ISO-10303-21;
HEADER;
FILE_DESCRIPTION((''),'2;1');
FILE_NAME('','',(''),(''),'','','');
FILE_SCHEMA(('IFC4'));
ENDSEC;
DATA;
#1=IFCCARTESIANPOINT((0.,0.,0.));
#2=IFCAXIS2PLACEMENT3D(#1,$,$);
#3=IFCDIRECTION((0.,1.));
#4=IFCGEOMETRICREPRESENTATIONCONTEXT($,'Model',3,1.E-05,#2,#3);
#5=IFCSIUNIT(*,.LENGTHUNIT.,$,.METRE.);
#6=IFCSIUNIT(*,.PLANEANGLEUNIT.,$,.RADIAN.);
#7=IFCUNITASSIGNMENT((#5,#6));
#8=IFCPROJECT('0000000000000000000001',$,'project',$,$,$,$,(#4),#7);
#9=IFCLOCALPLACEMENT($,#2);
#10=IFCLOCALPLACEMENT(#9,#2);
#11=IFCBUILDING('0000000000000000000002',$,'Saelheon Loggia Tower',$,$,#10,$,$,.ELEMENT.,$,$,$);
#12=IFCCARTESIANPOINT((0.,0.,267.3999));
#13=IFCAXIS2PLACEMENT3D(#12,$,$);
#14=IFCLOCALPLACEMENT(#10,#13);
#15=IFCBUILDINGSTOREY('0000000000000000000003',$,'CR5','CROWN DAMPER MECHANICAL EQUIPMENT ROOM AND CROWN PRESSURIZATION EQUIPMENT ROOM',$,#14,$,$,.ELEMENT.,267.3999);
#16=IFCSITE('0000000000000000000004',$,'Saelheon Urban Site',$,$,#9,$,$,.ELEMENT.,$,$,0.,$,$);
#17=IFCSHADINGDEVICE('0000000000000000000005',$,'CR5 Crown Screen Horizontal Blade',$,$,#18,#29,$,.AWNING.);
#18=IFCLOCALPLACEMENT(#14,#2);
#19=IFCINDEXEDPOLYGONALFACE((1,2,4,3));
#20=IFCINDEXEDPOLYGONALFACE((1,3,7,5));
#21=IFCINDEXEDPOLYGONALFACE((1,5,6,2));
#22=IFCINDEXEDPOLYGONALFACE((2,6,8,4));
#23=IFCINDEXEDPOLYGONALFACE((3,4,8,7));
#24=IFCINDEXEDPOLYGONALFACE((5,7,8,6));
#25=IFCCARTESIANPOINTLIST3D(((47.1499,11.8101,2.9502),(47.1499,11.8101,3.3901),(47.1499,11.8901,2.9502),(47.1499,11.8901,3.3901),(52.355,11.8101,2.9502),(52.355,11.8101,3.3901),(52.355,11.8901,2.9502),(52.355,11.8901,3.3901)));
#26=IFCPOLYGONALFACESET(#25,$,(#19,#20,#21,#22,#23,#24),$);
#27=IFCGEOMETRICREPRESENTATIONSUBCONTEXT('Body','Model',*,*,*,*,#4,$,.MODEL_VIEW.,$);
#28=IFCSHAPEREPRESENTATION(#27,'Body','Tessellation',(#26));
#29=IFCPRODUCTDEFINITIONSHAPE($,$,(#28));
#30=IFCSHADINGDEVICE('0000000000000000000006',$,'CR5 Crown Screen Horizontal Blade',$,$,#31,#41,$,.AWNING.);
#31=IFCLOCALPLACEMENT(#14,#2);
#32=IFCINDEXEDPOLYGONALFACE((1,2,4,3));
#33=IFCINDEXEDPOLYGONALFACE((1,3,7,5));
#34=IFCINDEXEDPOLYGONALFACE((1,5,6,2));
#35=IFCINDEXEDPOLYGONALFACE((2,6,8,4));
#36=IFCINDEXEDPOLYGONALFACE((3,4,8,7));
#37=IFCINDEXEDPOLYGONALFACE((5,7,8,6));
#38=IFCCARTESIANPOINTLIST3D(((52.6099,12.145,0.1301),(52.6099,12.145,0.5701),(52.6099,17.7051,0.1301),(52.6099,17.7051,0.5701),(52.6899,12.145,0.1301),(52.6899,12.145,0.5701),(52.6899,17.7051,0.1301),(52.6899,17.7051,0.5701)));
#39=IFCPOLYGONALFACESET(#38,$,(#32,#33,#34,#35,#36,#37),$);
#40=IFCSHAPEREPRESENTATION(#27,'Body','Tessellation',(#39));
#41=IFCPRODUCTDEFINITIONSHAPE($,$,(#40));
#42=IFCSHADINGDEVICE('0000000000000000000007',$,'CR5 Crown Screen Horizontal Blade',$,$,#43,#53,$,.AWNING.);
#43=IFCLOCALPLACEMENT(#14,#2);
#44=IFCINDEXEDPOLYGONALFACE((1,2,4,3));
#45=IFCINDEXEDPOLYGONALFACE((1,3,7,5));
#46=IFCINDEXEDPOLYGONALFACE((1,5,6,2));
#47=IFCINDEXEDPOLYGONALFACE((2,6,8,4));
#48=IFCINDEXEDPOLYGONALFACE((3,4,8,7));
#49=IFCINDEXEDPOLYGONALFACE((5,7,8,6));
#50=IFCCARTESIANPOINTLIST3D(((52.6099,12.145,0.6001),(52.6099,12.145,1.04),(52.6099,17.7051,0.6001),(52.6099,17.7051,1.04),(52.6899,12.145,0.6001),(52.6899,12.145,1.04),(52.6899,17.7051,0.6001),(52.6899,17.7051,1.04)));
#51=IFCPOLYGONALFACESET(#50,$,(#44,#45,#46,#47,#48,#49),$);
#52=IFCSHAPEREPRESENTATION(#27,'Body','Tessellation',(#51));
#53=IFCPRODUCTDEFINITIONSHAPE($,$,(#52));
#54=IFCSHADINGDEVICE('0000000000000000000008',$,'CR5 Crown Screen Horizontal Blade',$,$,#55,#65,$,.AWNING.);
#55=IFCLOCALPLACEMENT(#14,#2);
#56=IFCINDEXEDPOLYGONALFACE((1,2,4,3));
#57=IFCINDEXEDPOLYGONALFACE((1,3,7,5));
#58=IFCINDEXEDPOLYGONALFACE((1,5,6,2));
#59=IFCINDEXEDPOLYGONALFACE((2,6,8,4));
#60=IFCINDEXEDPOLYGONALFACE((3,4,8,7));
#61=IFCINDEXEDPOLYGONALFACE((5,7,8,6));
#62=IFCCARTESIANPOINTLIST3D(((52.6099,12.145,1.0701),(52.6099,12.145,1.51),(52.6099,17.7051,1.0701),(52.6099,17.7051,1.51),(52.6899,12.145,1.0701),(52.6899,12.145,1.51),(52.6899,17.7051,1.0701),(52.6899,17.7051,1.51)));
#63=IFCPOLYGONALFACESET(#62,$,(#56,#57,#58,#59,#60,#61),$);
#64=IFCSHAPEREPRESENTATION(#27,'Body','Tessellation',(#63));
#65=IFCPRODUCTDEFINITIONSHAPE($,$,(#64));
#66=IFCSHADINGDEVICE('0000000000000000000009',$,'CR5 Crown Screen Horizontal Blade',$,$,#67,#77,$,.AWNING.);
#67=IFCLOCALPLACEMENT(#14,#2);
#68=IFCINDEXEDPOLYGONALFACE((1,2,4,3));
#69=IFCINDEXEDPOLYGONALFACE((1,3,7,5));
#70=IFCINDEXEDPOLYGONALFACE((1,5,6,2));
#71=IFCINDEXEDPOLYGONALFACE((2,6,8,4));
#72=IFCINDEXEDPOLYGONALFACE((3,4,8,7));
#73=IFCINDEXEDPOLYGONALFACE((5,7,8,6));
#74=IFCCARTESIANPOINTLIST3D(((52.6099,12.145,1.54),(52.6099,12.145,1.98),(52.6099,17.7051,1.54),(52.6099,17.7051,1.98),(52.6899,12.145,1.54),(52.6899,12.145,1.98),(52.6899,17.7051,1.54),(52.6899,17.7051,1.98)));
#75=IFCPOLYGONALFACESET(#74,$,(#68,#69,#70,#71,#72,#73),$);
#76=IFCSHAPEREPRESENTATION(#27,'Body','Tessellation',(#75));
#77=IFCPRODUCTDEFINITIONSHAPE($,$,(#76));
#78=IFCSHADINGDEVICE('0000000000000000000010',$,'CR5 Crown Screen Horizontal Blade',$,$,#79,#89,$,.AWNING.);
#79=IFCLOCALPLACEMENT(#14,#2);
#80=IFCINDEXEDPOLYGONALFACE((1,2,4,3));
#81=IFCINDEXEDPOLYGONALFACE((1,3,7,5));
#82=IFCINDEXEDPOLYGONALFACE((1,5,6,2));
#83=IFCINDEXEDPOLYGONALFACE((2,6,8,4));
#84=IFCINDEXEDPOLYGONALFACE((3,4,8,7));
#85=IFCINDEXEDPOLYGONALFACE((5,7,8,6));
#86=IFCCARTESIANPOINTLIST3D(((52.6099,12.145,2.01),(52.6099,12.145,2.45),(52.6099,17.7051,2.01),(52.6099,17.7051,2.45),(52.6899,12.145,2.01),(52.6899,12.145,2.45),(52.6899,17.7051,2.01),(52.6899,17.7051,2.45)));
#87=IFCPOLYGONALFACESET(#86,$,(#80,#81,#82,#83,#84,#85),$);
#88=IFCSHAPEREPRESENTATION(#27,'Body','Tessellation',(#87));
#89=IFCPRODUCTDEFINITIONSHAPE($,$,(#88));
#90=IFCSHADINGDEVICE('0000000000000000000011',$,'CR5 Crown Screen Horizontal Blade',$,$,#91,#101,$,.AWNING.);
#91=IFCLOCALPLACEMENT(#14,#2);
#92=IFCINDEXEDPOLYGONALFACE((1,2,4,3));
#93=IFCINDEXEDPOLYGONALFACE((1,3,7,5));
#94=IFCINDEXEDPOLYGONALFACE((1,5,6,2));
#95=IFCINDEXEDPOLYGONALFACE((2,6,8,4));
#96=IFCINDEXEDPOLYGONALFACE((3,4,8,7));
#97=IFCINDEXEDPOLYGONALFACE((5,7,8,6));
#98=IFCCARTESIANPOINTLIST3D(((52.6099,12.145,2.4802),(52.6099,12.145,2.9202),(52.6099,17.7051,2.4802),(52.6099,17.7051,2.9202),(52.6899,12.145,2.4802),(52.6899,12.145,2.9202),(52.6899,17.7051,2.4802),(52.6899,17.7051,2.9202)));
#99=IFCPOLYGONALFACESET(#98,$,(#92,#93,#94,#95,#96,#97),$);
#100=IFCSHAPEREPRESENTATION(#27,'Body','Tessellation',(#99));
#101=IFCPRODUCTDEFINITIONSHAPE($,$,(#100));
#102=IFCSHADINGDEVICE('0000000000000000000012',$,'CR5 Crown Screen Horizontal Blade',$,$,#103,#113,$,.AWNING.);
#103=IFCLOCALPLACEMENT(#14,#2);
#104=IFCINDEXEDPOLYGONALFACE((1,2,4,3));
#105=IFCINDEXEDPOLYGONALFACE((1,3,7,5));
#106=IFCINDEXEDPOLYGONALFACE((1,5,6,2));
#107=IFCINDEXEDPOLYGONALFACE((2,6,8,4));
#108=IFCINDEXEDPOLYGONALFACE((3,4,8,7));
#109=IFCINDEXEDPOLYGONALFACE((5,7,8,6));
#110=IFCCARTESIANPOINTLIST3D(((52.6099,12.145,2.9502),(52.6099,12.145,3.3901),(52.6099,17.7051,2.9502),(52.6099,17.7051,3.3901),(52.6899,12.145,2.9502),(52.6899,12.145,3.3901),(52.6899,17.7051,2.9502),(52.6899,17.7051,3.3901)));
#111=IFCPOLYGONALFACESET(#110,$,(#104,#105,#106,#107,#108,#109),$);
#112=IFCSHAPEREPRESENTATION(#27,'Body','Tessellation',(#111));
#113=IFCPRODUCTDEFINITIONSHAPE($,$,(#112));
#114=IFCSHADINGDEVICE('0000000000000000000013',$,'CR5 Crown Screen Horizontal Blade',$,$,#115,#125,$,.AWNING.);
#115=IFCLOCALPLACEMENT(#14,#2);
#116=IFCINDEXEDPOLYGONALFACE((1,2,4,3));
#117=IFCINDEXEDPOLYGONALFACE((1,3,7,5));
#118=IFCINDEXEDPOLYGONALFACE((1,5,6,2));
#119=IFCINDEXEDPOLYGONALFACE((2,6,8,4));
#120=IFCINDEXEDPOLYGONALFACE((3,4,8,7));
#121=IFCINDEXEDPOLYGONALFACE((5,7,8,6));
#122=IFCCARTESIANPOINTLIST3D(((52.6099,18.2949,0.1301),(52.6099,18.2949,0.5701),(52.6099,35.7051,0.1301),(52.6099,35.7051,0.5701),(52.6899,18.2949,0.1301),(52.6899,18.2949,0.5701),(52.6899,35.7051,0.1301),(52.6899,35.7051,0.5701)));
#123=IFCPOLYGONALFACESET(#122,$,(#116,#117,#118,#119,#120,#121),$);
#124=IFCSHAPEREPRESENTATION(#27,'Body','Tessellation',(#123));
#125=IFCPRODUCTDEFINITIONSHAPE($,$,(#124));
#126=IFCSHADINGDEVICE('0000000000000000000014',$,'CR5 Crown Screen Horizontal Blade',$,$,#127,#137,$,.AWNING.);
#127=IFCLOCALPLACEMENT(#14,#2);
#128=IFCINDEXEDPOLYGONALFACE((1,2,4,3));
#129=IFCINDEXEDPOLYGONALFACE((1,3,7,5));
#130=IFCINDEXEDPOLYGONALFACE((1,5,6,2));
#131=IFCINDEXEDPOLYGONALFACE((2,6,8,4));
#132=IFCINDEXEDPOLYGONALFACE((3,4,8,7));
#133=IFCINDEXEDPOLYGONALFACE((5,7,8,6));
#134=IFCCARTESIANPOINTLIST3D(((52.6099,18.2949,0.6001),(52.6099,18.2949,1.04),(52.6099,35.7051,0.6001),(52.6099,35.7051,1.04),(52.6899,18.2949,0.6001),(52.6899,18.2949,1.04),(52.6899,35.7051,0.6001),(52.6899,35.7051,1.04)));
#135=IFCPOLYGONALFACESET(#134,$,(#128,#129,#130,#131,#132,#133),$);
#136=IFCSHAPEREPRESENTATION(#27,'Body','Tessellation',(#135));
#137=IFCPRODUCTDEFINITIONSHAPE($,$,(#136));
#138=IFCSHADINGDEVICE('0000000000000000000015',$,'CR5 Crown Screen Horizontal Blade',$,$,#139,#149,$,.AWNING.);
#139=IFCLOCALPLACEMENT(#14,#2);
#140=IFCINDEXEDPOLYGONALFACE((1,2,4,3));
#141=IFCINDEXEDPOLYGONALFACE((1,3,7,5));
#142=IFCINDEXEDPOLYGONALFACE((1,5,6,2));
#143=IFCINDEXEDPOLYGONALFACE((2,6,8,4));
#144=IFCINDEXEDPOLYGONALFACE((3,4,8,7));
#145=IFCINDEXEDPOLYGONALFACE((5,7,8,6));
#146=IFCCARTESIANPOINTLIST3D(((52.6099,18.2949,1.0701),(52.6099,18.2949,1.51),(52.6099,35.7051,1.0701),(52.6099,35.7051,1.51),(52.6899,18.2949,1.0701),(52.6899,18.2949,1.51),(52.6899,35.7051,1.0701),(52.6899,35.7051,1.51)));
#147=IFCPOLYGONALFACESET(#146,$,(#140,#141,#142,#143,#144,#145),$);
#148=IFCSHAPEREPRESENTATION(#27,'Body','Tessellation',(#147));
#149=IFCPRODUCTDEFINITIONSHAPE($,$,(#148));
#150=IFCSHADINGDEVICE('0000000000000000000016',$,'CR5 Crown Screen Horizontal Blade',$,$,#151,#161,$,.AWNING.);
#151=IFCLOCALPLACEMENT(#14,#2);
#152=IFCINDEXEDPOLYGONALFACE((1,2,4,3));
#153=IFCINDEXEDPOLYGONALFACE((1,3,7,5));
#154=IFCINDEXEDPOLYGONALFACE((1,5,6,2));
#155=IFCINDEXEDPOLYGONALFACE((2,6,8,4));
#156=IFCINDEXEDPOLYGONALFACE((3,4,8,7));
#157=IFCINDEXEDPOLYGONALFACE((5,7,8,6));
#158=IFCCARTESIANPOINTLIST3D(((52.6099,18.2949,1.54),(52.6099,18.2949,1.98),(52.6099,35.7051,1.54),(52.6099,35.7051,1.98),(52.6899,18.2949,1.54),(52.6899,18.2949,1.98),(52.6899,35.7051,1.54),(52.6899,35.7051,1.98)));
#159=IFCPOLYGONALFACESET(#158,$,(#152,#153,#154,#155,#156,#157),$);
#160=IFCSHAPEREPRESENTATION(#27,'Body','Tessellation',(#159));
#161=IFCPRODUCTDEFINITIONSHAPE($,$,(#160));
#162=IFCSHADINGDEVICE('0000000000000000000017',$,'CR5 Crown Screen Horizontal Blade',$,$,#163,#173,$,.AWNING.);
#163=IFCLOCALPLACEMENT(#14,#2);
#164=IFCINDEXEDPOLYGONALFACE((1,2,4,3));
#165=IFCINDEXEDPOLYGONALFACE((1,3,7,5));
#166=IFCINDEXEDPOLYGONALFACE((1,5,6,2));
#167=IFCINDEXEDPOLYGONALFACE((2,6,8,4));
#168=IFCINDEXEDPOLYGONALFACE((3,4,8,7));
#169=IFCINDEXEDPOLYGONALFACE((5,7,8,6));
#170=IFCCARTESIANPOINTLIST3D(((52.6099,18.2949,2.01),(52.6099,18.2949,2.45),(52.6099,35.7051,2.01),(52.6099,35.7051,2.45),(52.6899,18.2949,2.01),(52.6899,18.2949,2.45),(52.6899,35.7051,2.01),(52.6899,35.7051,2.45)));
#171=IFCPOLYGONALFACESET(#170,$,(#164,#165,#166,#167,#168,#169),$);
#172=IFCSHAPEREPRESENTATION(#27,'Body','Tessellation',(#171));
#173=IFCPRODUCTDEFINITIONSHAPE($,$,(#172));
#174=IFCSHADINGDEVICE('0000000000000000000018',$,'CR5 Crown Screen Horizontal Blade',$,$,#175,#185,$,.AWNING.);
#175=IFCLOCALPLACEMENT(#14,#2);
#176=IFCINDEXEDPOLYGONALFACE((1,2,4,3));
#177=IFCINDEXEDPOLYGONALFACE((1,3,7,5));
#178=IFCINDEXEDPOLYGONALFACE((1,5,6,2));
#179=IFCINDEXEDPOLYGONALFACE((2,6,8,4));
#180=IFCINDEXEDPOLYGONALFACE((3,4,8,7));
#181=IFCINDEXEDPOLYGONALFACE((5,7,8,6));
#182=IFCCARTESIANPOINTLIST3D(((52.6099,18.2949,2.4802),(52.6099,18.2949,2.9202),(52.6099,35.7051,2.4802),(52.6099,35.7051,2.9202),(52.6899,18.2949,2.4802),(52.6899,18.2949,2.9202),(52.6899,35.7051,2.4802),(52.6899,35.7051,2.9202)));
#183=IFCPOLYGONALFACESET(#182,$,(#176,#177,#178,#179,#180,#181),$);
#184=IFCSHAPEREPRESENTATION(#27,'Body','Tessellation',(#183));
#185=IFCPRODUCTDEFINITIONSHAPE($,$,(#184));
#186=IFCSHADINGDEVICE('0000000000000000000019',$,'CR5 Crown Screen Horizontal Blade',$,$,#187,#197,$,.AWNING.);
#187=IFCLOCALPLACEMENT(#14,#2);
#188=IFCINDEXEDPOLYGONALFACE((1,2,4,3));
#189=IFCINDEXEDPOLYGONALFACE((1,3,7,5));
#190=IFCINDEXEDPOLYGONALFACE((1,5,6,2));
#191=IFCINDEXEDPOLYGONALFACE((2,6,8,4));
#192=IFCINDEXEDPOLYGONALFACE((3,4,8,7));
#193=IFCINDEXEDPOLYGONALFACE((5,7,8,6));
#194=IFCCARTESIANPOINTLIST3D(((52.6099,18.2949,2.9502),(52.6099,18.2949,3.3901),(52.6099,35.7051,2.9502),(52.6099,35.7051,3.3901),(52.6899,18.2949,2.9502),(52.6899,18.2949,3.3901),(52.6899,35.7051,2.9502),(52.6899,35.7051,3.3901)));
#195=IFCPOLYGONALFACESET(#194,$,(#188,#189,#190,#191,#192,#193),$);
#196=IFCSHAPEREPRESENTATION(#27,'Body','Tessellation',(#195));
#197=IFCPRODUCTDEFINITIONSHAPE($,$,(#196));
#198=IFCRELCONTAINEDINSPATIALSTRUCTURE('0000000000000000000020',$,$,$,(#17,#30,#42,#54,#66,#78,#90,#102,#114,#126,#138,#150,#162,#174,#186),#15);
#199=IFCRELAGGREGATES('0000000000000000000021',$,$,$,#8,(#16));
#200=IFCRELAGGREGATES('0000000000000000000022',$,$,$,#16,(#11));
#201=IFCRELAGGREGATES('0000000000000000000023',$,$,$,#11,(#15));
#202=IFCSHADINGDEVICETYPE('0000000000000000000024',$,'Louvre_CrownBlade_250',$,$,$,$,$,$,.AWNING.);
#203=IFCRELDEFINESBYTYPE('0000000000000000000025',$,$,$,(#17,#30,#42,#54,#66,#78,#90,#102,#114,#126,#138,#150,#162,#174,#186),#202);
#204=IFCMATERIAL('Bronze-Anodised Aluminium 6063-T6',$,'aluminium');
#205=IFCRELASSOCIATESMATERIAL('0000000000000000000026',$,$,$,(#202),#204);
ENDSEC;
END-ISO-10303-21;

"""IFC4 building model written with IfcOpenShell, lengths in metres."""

from ifc_helpers import new_model, si_unit, direction, frame, origin, origin_2d, place, context, subcontext, project, spatial, rectangle, extrude, source, transform, mapped, material, material_profile, profile_set, type_object, element, save


model = new_model("IFC4")

# Units and contexts
model_context = context("Model", 3, precision=1e-05, world=origin(), true_north=direction((0.0, 1.0)))
body_context = subcontext(model_context, "Body", "Model", "MODEL_VIEW")
ifc_project = project(units=[si_unit("LENGTHUNIT", "METRE"), si_unit("PLANEANGLEUNIT", "RADIAN")], contexts=[model_context])

# Site, building, storey
site_placement = place(None, origin())
site = spatial("IfcSite", under=ifc_project, at=site_placement, Name="Saelheon Urban Site", CompositionType="ELEMENT", RefElevation=0.0)
building_placement = place(site_placement, origin())
building = spatial("IfcBuilding", under=site, at=building_placement, Name="Saelheon Loggia Tower", CompositionType="ELEMENT")
storey_placement = place(building_placement, frame((0.0, 0.0, 267.3999)))
storey = spatial("IfcBuildingStorey", under=building, at=storey_placement, Name="CR5", Description="CROWN DAMPER MECHANICAL EQUIPMENT ROOM AND CROWN PRESSURIZATION EQUIPMENT ROOM", CompositionType="ELEMENT", Elevation=267.3999)

# Shading devices
ifc_material_1 = material(Name="Bronze-Anodised Aluminium 6063-T6", Category="aluminium")
ifc_material_profile_1 = material_profile(ifc_material_1, rectangle(XDim=0.0801, YDim=0.4399, at=origin_2d()), Name="Louvre_CrownBlade_250")
ifc_profile_set_1 = profile_set([ifc_material_profile_1], Name="Bronze-Anodised Aluminium 6063-T6")
shading_device_type = type_object("IfcShadingDeviceType", Name="Louvre_CrownBlade_250", PredefinedType="AWNING", material=ifc_profile_set_1)
shared_shape_1 = source(origin(), body_context, "Body", "SweptSolid", [
    extrude(rectangle(XDim=0.0801, YDim=0.4399, at=origin_2d()), origin(), (0.0, 0.0, 1.0), 5.2051),
])
for number, where, z_axis, x_axis, name in (
    (1, (47.1499, 11.8501, 3.1702), (1.0, 0.0, 0.0), (0.0, 1.0, 0.0), "CR5 Crown Screen Horizontal Blade"),
):
    element("IfcShadingDevice", number, at=place(storey_placement, frame(where, z_axis=z_axis, x_axis=x_axis)), inside=storey, type_object=shading_device_type, Name=name, PredefinedType="AWNING", context=body_context, shape_type="MappedRepresentation", body=[
        mapped(shared_shape_1, transform((0.0, 0.0, 0.0), scale=1.0)),
    ])
shared_shape_2 = source(origin(), body_context, "Body", "SweptSolid", [
    extrude(rectangle(XDim=0.0801, YDim=0.4399, at=origin_2d()), origin(), (0.0, 0.0, 1.0), 5.5601),
])
for number, where, z_axis, x_axis, name in (
    (2, (52.6499, 12.145, 0.3501), (0.0, 1.0, 0.0), (-1.0, 0.0, 0.0), "CR5 Crown Screen Horizontal Blade"),
    (3, (52.6499, 12.145, 0.8201), (0.0, 1.0, 0.0), (-1.0, 0.0, 0.0), "CR5 Crown Screen Horizontal Blade"),
    (4, (52.6499, 12.145, 1.29), (0.0, 1.0, 0.0), (-1.0, 0.0, 0.0), "CR5 Crown Screen Horizontal Blade"),
    (5, (52.6499, 12.145, 1.76), (0.0, 1.0, 0.0), (-1.0, 0.0, 0.0), "CR5 Crown Screen Horizontal Blade"),
    (6, (52.6499, 12.145, 2.23), (0.0, 1.0, 0.0), (-1.0, 0.0, 0.0), "CR5 Crown Screen Horizontal Blade"),
    (7, (52.6499, 12.145, 2.7002), (0.0, 1.0, 0.0), (-1.0, 0.0, 0.0), "CR5 Crown Screen Horizontal Blade"),
    (8, (52.6499, 12.145, 3.1702), (0.0, 1.0, 0.0), (-1.0, 0.0, 0.0), "CR5 Crown Screen Horizontal Blade"),
):
    element("IfcShadingDevice", number, at=place(storey_placement, frame(where, z_axis=z_axis, x_axis=x_axis)), inside=storey, type_object=shading_device_type, Name=name, PredefinedType="AWNING", context=body_context, shape_type="MappedRepresentation", body=[
        mapped(shared_shape_2, transform((0.0, 0.0, 0.0), scale=1.0)),
    ])
shared_shape_3 = source(origin(), body_context, "Body", "SweptSolid", [
    extrude(rectangle(XDim=0.0801, YDim=0.4399, at=origin_2d()), origin(), (0.0, 0.0, 1.0), 17.4102),
])
for number, where, z_axis, x_axis, name in (
    (9, (52.6499, 18.2949, 0.3501), (0.0, 1.0, 0.0), (-1.0, 0.0, 0.0), "CR5 Crown Screen Horizontal Blade"),
    (10, (52.6499, 18.2949, 0.8201), (0.0, 1.0, 0.0), (-1.0, 0.0, 0.0), "CR5 Crown Screen Horizontal Blade"),
    (11, (52.6499, 18.2949, 1.29), (0.0, 1.0, 0.0), (-1.0, 0.0, 0.0), "CR5 Crown Screen Horizontal Blade"),
    (12, (52.6499, 18.2949, 1.76), (0.0, 1.0, 0.0), (-1.0, 0.0, 0.0), "CR5 Crown Screen Horizontal Blade"),
    (13, (52.6499, 18.2949, 2.23), (0.0, 1.0, 0.0), (-1.0, 0.0, 0.0), "CR5 Crown Screen Horizontal Blade"),
    (14, (52.6499, 18.2949, 2.7002), (0.0, 1.0, 0.0), (-1.0, 0.0, 0.0), "CR5 Crown Screen Horizontal Blade"),
    (15, (52.6499, 18.2949, 3.1702), (0.0, 1.0, 0.0), (-1.0, 0.0, 0.0), "CR5 Crown Screen Horizontal Blade"),
):
    element("IfcShadingDevice", number, at=place(storey_placement, frame(where, z_axis=z_axis, x_axis=x_axis)), inside=storey, type_object=shading_device_type, Name=name, PredefinedType="AWNING", context=body_context, shape_type="MappedRepresentation", body=[
        mapped(shared_shape_3, transform((0.0, 0.0, 0.0), scale=1.0)),
    ])

save(model, "model.ifc")
